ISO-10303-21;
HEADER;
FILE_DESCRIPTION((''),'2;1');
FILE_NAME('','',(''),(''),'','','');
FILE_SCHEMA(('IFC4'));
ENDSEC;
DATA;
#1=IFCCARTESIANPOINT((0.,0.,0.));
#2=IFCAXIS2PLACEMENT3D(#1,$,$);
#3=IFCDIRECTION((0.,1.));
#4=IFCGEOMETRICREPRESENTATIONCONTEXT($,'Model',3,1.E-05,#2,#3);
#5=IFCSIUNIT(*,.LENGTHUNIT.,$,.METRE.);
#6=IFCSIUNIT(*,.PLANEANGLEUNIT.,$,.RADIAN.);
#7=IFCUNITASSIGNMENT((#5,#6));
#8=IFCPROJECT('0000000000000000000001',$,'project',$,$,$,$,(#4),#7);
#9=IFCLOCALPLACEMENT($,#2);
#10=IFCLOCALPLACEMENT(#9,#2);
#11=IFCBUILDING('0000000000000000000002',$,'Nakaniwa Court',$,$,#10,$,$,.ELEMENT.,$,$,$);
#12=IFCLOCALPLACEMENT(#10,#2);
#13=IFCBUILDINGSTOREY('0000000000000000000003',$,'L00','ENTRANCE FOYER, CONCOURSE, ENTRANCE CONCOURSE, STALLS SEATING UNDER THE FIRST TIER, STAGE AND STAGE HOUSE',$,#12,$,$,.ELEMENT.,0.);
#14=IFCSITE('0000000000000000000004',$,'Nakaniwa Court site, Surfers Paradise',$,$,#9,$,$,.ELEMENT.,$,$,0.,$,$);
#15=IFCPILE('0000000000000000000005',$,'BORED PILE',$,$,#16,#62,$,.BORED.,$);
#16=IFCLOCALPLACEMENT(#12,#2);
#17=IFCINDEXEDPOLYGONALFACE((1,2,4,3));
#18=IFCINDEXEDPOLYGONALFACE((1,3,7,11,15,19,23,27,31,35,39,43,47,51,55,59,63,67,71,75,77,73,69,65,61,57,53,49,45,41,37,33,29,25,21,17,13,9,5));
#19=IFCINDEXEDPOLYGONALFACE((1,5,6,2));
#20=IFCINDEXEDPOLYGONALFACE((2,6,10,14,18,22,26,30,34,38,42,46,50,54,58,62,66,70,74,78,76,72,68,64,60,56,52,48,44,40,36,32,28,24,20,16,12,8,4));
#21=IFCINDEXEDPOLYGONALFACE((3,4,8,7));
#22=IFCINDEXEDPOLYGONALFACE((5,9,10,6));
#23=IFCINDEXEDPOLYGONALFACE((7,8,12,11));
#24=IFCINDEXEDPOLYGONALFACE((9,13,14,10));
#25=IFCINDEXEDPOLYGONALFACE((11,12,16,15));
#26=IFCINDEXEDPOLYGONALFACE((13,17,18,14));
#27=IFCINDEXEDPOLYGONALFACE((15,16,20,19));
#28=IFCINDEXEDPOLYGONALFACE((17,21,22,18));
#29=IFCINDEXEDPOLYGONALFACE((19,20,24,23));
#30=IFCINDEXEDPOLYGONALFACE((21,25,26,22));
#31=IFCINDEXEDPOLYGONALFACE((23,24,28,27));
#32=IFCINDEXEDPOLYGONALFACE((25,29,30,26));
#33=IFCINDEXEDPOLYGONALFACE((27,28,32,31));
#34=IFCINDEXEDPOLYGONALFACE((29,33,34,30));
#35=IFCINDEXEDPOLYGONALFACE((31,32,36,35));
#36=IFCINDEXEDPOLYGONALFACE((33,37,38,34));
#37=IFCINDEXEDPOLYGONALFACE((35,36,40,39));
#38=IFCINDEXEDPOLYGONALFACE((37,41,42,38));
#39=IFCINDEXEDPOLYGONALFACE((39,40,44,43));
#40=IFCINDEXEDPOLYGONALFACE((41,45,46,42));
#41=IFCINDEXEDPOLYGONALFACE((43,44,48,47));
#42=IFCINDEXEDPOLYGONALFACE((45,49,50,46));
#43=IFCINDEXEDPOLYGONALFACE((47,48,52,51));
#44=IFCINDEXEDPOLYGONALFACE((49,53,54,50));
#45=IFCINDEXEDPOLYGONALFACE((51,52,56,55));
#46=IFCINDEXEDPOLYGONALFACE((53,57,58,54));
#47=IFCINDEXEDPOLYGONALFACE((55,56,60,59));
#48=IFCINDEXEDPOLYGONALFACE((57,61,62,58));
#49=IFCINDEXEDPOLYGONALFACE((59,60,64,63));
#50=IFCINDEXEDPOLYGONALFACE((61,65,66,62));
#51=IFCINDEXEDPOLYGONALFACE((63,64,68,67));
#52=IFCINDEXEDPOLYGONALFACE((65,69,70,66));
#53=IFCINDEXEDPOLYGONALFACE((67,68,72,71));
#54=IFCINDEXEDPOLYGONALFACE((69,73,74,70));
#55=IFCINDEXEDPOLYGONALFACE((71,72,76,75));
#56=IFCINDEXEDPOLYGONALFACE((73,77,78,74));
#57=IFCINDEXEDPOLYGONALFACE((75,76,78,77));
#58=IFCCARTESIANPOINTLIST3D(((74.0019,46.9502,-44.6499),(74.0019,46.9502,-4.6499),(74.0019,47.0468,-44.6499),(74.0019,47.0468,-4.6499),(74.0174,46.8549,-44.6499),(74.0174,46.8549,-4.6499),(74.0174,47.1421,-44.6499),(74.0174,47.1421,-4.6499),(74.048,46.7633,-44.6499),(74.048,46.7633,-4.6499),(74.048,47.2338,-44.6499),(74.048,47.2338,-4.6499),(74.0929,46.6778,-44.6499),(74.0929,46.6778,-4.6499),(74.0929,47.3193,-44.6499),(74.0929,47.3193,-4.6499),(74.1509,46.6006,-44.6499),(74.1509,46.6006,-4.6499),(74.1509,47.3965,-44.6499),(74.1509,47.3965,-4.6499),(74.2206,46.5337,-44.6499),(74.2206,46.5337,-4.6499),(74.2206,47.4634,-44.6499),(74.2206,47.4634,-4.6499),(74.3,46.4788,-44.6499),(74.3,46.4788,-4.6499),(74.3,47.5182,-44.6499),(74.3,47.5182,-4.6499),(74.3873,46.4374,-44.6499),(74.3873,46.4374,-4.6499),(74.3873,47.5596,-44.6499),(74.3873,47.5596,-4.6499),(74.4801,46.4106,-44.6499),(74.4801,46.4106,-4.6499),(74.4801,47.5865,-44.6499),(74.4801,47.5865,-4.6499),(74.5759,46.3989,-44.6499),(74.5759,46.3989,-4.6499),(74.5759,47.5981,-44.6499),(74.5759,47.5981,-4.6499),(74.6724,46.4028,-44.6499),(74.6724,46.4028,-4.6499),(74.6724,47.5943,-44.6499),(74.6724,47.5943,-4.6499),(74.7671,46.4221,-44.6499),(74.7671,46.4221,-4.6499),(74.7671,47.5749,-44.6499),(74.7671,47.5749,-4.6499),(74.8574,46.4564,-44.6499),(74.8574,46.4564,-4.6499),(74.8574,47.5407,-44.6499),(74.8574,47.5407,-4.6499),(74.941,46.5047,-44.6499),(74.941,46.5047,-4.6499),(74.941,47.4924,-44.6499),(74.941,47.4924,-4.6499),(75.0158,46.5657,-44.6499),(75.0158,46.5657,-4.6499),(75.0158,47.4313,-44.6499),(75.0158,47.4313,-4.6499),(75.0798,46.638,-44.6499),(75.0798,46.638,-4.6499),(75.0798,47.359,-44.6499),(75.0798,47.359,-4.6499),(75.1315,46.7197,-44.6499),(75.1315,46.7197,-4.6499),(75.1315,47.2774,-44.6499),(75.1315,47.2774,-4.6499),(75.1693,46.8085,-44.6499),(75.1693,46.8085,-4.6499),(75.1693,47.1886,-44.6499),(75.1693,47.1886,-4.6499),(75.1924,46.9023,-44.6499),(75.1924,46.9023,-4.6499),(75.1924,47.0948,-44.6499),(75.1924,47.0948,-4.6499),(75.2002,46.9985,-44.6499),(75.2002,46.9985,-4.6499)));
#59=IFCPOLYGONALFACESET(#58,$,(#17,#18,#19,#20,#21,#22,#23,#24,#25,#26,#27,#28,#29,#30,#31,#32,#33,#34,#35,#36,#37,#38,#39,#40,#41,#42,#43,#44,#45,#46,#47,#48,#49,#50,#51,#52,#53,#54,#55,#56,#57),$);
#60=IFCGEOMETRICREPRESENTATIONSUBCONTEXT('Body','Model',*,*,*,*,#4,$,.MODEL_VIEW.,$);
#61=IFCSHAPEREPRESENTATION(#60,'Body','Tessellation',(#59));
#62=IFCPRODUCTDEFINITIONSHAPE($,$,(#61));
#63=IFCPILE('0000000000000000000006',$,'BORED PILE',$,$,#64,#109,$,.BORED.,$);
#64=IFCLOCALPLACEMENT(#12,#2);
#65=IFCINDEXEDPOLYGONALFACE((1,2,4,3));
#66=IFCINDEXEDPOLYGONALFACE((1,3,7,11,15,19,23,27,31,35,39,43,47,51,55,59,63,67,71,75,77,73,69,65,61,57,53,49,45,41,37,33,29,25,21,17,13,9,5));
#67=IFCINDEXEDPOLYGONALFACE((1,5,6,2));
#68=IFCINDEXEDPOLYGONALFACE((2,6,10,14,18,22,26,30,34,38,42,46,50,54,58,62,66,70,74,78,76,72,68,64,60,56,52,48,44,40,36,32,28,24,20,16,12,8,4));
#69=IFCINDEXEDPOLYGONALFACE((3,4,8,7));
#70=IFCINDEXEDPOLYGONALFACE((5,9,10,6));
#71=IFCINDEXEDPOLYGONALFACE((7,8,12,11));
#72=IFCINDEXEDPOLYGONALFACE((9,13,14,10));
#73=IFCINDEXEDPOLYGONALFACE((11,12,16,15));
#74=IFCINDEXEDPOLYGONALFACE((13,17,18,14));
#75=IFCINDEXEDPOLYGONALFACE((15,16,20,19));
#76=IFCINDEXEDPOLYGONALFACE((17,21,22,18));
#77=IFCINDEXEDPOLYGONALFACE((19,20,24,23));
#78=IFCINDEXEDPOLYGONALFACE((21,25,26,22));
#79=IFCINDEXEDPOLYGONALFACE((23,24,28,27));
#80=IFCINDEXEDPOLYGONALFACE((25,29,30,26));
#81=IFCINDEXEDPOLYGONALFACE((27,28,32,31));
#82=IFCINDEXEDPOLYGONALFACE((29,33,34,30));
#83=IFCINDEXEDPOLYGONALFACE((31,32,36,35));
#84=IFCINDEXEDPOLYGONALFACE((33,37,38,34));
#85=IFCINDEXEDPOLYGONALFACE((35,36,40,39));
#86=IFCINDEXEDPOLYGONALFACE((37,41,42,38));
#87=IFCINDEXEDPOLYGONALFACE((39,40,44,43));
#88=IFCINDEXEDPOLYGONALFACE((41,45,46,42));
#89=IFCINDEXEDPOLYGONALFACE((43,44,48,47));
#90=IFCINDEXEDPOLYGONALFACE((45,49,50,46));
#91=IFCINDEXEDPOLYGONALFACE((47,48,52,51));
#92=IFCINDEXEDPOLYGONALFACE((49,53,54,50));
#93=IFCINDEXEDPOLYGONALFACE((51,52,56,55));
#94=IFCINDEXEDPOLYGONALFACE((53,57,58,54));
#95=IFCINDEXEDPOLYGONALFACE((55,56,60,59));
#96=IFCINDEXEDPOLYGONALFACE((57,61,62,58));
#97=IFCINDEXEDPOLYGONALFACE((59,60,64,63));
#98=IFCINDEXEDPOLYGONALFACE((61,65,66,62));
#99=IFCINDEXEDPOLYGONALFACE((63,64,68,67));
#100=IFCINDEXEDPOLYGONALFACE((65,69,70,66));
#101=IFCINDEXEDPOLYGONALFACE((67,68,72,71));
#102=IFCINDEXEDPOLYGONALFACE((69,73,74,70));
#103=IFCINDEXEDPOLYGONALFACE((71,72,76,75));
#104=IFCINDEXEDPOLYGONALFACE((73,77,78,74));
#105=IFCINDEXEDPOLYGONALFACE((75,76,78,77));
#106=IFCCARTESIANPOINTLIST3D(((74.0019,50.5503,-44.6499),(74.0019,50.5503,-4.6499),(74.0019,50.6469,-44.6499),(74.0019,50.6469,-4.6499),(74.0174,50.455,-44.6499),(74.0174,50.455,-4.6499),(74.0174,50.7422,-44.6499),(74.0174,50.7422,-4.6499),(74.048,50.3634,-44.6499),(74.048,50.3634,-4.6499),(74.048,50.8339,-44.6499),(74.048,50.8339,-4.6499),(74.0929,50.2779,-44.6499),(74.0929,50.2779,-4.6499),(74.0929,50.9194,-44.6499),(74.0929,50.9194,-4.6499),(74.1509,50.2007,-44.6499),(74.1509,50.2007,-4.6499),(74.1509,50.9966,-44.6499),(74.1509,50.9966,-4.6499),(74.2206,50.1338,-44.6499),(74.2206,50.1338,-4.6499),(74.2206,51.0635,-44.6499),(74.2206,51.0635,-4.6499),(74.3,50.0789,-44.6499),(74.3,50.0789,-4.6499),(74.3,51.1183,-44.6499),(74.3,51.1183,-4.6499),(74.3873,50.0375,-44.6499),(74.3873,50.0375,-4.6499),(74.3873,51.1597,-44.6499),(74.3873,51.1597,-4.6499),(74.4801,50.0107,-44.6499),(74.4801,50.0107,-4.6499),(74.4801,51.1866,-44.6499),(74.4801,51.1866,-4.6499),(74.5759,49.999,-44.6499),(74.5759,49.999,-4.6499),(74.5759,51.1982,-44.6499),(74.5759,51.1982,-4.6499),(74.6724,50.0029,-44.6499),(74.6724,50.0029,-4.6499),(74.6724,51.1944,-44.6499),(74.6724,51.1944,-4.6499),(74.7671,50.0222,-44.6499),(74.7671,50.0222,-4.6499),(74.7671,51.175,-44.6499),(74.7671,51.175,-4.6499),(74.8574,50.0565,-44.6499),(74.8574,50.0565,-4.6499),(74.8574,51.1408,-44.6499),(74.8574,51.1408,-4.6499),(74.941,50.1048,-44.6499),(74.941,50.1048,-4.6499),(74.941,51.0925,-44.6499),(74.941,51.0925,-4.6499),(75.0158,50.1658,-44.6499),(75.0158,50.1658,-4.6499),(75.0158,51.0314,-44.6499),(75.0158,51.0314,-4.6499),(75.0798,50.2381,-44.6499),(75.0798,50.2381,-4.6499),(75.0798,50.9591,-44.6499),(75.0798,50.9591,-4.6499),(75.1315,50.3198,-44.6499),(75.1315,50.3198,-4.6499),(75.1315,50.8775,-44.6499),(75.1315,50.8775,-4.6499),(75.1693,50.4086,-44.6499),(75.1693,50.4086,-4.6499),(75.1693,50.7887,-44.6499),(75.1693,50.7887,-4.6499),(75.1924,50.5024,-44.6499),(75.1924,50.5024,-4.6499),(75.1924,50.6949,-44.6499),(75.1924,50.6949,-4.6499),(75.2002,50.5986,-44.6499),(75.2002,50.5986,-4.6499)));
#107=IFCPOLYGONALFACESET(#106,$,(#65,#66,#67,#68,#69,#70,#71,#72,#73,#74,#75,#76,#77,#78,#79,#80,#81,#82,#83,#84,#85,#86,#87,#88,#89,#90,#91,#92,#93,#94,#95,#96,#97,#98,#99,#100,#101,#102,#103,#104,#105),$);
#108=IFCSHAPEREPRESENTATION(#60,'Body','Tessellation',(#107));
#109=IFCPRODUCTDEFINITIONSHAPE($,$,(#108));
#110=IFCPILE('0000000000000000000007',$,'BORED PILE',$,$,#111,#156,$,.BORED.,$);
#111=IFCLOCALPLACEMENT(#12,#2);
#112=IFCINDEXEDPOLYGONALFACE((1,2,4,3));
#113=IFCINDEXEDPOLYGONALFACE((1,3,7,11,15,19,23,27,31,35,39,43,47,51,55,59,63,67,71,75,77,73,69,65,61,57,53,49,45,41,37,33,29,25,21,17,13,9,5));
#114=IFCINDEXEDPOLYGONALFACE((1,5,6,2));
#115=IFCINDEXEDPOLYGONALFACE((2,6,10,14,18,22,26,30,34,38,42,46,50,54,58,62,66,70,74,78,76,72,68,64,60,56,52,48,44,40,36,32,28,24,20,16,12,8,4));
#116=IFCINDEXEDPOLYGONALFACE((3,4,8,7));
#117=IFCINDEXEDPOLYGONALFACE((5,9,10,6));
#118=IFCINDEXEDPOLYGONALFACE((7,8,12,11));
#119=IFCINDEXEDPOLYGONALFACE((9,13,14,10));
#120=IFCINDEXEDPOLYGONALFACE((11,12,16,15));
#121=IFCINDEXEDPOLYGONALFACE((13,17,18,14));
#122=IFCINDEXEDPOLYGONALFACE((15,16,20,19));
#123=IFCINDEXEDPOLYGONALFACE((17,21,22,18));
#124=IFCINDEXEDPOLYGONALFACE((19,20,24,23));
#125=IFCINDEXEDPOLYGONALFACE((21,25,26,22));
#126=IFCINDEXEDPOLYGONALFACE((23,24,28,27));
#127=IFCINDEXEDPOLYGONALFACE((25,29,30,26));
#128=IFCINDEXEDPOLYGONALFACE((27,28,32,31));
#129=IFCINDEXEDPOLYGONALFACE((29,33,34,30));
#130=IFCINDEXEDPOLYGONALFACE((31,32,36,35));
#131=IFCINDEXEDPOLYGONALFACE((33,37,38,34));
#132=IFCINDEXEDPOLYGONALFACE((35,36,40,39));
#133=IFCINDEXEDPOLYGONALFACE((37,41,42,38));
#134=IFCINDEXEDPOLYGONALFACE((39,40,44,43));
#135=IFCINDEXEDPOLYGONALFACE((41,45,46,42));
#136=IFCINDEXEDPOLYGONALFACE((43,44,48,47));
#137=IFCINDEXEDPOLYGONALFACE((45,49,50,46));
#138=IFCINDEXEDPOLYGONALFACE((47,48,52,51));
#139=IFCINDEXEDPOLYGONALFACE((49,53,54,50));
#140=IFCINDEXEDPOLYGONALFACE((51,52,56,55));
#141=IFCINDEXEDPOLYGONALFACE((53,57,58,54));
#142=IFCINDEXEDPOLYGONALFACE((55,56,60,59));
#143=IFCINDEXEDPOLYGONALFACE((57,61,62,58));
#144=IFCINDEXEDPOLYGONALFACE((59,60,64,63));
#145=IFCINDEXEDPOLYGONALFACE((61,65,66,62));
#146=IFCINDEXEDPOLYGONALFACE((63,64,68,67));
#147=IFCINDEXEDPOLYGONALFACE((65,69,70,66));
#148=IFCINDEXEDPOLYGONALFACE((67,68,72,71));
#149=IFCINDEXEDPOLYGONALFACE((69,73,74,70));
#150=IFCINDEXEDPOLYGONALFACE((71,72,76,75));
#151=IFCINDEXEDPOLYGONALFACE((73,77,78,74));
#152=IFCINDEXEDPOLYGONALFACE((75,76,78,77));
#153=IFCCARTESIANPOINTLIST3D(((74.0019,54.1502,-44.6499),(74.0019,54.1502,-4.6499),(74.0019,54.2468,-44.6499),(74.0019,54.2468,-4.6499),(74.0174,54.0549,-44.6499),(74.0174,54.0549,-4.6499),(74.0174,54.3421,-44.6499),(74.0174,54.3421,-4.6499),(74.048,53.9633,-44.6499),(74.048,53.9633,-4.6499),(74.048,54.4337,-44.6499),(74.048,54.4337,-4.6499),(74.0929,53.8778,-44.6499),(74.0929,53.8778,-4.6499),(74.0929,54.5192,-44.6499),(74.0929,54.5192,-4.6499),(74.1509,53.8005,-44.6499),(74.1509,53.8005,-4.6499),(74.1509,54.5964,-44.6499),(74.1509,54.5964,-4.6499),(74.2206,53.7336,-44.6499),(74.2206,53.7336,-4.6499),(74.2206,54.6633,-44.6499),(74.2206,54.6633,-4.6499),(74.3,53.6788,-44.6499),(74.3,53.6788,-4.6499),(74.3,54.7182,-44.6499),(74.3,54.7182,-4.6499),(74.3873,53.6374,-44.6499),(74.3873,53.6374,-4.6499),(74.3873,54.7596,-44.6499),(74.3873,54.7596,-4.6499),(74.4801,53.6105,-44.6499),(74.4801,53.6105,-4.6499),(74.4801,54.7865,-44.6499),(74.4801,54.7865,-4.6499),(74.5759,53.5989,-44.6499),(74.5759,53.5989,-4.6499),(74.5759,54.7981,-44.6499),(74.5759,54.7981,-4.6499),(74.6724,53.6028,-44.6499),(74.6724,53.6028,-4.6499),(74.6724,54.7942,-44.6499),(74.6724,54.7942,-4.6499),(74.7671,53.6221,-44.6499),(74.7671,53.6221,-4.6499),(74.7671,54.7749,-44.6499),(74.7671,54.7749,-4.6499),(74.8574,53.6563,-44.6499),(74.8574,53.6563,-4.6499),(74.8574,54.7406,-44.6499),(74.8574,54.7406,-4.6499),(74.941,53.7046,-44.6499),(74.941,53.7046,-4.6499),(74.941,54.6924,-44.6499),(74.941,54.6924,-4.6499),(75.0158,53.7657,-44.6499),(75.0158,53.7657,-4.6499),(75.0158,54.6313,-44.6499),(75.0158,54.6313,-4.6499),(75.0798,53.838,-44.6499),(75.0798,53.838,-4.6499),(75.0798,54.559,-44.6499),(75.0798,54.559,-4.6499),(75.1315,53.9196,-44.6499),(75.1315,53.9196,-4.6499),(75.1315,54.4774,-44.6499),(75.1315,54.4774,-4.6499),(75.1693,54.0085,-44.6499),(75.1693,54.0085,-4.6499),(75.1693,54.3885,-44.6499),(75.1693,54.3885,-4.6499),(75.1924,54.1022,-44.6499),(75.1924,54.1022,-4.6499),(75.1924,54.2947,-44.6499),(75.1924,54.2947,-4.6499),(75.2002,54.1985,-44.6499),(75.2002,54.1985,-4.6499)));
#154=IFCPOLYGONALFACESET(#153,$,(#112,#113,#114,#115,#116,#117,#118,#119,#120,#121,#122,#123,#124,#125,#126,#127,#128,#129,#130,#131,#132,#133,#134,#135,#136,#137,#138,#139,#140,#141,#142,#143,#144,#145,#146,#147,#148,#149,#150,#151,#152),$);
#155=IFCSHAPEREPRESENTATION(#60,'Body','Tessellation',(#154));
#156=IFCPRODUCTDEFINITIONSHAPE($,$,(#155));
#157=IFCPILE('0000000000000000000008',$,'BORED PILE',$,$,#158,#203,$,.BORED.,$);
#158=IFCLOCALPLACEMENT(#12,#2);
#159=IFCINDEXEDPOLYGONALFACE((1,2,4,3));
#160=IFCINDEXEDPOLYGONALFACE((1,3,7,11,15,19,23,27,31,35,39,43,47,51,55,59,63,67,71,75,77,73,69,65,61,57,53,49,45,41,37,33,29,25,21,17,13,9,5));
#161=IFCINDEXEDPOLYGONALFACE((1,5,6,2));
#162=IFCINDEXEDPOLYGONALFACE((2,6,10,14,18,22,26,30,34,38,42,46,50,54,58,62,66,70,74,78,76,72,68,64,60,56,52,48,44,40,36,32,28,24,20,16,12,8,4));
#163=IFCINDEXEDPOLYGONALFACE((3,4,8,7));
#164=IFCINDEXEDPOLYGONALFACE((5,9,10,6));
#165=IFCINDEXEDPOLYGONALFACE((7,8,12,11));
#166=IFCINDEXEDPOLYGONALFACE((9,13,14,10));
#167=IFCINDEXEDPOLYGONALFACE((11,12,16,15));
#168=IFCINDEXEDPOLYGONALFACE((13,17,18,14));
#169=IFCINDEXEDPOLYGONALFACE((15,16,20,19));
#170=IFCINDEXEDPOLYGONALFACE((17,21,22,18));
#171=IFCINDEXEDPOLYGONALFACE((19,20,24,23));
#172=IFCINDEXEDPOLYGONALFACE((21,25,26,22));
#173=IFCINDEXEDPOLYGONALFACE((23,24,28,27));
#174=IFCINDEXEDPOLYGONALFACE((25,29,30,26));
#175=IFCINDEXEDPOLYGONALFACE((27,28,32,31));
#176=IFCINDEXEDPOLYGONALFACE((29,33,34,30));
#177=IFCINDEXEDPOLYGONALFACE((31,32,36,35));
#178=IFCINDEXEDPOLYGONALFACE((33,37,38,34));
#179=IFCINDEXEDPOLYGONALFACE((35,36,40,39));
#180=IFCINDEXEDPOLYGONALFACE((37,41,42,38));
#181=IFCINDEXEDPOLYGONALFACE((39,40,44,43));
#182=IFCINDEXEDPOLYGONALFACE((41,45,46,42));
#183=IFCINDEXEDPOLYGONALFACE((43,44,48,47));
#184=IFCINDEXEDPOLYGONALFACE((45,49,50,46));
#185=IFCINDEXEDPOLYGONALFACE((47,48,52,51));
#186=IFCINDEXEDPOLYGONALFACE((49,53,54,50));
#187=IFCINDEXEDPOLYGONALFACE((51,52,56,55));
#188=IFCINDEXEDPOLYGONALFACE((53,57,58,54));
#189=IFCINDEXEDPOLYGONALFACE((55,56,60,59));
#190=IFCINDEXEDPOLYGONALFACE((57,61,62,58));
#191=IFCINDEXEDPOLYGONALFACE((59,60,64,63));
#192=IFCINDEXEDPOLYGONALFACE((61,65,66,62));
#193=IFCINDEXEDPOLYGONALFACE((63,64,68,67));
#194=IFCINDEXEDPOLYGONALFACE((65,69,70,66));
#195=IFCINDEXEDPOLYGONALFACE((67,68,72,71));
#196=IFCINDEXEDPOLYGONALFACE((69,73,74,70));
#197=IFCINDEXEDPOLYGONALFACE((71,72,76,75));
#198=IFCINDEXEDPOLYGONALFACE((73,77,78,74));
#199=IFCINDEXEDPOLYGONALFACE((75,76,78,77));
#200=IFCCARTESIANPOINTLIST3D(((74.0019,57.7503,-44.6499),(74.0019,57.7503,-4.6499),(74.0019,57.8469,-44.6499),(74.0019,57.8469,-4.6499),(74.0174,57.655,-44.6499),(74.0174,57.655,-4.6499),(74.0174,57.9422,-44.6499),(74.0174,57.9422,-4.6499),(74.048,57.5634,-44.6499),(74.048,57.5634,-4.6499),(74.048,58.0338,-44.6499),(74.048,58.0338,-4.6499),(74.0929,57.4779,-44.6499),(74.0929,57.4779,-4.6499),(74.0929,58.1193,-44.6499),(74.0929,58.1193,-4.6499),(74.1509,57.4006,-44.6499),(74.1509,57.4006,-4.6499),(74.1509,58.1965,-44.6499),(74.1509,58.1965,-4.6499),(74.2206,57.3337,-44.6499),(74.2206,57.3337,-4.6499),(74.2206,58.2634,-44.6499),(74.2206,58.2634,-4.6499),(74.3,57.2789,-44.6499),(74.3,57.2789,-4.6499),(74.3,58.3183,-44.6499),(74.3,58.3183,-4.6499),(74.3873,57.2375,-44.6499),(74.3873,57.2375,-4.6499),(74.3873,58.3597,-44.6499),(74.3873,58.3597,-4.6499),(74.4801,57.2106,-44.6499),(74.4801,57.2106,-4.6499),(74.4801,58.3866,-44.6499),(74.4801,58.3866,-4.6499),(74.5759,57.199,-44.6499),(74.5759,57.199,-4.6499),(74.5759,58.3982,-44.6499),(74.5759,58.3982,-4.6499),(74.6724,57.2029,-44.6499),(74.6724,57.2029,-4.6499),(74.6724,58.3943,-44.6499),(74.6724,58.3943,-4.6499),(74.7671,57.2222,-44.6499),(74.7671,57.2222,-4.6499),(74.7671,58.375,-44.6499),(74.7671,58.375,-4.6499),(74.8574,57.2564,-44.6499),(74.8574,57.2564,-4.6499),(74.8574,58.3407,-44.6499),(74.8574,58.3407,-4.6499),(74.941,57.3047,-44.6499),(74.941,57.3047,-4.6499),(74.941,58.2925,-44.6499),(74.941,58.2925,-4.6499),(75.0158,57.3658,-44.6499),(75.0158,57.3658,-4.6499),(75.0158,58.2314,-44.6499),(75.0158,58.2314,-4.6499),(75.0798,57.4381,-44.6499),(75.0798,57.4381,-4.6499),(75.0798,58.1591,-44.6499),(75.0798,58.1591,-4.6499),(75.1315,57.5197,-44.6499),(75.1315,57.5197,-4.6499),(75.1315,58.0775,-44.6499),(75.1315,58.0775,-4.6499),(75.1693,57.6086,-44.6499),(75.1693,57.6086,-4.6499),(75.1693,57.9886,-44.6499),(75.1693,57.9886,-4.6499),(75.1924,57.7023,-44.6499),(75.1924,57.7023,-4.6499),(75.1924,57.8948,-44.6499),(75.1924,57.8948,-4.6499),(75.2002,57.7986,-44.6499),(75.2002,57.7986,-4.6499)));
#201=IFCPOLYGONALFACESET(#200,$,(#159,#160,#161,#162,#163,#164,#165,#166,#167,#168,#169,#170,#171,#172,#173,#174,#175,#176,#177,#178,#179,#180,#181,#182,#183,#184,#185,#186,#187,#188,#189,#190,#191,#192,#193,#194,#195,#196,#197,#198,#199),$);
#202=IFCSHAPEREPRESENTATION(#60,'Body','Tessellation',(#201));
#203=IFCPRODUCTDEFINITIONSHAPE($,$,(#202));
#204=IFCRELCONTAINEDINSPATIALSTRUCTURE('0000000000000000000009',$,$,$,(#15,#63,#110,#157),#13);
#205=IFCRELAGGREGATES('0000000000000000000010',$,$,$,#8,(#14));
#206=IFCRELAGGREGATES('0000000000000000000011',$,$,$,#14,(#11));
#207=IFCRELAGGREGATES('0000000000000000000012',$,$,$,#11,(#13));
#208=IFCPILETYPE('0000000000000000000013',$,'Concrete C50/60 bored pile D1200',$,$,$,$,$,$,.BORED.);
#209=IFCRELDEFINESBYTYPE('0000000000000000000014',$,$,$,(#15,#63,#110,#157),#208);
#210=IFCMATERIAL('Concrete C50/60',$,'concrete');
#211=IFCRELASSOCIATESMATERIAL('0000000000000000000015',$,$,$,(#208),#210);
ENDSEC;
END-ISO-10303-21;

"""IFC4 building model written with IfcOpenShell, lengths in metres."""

from ifc_helpers import new_model, si_unit, direction, frame, origin, origin_2d, place, context, subcontext, project, spatial, circle, extrude, material, material_profile, profile_set, type_object, element, save


model = new_model("IFC4")

# Units and contexts
model_context = context("Model", 3, precision=1e-05, world=origin(), true_north=direction((0.0, 1.0)))
body_context = subcontext(model_context, "Body", "Model", "MODEL_VIEW")
ifc_project = project(units=[si_unit("LENGTHUNIT", "METRE"), si_unit("PLANEANGLEUNIT", "RADIAN")], contexts=[model_context])

# Site, building, storey
site_placement = place(None, origin())
site = spatial("IfcSite", under=ifc_project, at=site_placement, Name="Nakaniwa Court site, Surfers Paradise", CompositionType="ELEMENT", RefElevation=0.0)
building_placement = place(site_placement, origin())
building = spatial("IfcBuilding", under=site, at=building_placement, Name="Nakaniwa Court", CompositionType="ELEMENT")
storey_placement = place(building_placement, origin())
storey = spatial("IfcBuildingStorey", under=building, at=storey_placement, Name="L00", Description="ENTRANCE FOYER, CONCOURSE, ENTRANCE CONCOURSE, STALLS SEATING UNDER THE FIRST TIER, STAGE AND STAGE HOUSE", CompositionType="ELEMENT", Elevation=0.0)

# Piles
ifc_material_1 = material(Name="Concrete C50/60", Category="concrete")
ifc_material_profile_1 = material_profile(ifc_material_1, circle(Radius=0.6001, at=origin_2d()), Name="Concrete C50/60 bored pile D1200")
ifc_profile_set_1 = profile_set([ifc_material_profile_1], Name="Concrete C50/60")
pile_type = type_object("IfcPileType", Name="Concrete C50/60 bored pile D1200", PredefinedType="BORED", material=ifc_profile_set_1)
for number, where, z_axis, x_axis, name in (
    (1, (74.6001, 46.9985, -4.6499), (0.0, 0.0, -1.0), (1.0, 0.0, 0.0), "BORED PILE"),
    (2, (74.6001, 50.5986, -4.6499), (0.0, 0.0, -1.0), (1.0, 0.0, 0.0), "BORED PILE"),
    (3, (74.6001, 54.1985, -4.6499), (0.0, 0.0, -1.0), (1.0, 0.0, 0.0), "BORED PILE"),
    (4, (74.6001, 57.7986, -4.6499), (0.0, 0.0, -1.0), (1.0, 0.0, 0.0), "BORED PILE"),
):
    element("IfcPile", number, at=place(storey_placement, frame(where, z_axis=z_axis, x_axis=x_axis)), inside=storey, type_object=pile_type, Name=name, PredefinedType="BORED", context=body_context, shape_type="SweptSolid", body=[
        extrude(circle(Radius=0.6001, at=origin_2d()), origin(), (0.0, 0.0, 1.0), 40.0),
    ])

save(model, "model.ifc")
